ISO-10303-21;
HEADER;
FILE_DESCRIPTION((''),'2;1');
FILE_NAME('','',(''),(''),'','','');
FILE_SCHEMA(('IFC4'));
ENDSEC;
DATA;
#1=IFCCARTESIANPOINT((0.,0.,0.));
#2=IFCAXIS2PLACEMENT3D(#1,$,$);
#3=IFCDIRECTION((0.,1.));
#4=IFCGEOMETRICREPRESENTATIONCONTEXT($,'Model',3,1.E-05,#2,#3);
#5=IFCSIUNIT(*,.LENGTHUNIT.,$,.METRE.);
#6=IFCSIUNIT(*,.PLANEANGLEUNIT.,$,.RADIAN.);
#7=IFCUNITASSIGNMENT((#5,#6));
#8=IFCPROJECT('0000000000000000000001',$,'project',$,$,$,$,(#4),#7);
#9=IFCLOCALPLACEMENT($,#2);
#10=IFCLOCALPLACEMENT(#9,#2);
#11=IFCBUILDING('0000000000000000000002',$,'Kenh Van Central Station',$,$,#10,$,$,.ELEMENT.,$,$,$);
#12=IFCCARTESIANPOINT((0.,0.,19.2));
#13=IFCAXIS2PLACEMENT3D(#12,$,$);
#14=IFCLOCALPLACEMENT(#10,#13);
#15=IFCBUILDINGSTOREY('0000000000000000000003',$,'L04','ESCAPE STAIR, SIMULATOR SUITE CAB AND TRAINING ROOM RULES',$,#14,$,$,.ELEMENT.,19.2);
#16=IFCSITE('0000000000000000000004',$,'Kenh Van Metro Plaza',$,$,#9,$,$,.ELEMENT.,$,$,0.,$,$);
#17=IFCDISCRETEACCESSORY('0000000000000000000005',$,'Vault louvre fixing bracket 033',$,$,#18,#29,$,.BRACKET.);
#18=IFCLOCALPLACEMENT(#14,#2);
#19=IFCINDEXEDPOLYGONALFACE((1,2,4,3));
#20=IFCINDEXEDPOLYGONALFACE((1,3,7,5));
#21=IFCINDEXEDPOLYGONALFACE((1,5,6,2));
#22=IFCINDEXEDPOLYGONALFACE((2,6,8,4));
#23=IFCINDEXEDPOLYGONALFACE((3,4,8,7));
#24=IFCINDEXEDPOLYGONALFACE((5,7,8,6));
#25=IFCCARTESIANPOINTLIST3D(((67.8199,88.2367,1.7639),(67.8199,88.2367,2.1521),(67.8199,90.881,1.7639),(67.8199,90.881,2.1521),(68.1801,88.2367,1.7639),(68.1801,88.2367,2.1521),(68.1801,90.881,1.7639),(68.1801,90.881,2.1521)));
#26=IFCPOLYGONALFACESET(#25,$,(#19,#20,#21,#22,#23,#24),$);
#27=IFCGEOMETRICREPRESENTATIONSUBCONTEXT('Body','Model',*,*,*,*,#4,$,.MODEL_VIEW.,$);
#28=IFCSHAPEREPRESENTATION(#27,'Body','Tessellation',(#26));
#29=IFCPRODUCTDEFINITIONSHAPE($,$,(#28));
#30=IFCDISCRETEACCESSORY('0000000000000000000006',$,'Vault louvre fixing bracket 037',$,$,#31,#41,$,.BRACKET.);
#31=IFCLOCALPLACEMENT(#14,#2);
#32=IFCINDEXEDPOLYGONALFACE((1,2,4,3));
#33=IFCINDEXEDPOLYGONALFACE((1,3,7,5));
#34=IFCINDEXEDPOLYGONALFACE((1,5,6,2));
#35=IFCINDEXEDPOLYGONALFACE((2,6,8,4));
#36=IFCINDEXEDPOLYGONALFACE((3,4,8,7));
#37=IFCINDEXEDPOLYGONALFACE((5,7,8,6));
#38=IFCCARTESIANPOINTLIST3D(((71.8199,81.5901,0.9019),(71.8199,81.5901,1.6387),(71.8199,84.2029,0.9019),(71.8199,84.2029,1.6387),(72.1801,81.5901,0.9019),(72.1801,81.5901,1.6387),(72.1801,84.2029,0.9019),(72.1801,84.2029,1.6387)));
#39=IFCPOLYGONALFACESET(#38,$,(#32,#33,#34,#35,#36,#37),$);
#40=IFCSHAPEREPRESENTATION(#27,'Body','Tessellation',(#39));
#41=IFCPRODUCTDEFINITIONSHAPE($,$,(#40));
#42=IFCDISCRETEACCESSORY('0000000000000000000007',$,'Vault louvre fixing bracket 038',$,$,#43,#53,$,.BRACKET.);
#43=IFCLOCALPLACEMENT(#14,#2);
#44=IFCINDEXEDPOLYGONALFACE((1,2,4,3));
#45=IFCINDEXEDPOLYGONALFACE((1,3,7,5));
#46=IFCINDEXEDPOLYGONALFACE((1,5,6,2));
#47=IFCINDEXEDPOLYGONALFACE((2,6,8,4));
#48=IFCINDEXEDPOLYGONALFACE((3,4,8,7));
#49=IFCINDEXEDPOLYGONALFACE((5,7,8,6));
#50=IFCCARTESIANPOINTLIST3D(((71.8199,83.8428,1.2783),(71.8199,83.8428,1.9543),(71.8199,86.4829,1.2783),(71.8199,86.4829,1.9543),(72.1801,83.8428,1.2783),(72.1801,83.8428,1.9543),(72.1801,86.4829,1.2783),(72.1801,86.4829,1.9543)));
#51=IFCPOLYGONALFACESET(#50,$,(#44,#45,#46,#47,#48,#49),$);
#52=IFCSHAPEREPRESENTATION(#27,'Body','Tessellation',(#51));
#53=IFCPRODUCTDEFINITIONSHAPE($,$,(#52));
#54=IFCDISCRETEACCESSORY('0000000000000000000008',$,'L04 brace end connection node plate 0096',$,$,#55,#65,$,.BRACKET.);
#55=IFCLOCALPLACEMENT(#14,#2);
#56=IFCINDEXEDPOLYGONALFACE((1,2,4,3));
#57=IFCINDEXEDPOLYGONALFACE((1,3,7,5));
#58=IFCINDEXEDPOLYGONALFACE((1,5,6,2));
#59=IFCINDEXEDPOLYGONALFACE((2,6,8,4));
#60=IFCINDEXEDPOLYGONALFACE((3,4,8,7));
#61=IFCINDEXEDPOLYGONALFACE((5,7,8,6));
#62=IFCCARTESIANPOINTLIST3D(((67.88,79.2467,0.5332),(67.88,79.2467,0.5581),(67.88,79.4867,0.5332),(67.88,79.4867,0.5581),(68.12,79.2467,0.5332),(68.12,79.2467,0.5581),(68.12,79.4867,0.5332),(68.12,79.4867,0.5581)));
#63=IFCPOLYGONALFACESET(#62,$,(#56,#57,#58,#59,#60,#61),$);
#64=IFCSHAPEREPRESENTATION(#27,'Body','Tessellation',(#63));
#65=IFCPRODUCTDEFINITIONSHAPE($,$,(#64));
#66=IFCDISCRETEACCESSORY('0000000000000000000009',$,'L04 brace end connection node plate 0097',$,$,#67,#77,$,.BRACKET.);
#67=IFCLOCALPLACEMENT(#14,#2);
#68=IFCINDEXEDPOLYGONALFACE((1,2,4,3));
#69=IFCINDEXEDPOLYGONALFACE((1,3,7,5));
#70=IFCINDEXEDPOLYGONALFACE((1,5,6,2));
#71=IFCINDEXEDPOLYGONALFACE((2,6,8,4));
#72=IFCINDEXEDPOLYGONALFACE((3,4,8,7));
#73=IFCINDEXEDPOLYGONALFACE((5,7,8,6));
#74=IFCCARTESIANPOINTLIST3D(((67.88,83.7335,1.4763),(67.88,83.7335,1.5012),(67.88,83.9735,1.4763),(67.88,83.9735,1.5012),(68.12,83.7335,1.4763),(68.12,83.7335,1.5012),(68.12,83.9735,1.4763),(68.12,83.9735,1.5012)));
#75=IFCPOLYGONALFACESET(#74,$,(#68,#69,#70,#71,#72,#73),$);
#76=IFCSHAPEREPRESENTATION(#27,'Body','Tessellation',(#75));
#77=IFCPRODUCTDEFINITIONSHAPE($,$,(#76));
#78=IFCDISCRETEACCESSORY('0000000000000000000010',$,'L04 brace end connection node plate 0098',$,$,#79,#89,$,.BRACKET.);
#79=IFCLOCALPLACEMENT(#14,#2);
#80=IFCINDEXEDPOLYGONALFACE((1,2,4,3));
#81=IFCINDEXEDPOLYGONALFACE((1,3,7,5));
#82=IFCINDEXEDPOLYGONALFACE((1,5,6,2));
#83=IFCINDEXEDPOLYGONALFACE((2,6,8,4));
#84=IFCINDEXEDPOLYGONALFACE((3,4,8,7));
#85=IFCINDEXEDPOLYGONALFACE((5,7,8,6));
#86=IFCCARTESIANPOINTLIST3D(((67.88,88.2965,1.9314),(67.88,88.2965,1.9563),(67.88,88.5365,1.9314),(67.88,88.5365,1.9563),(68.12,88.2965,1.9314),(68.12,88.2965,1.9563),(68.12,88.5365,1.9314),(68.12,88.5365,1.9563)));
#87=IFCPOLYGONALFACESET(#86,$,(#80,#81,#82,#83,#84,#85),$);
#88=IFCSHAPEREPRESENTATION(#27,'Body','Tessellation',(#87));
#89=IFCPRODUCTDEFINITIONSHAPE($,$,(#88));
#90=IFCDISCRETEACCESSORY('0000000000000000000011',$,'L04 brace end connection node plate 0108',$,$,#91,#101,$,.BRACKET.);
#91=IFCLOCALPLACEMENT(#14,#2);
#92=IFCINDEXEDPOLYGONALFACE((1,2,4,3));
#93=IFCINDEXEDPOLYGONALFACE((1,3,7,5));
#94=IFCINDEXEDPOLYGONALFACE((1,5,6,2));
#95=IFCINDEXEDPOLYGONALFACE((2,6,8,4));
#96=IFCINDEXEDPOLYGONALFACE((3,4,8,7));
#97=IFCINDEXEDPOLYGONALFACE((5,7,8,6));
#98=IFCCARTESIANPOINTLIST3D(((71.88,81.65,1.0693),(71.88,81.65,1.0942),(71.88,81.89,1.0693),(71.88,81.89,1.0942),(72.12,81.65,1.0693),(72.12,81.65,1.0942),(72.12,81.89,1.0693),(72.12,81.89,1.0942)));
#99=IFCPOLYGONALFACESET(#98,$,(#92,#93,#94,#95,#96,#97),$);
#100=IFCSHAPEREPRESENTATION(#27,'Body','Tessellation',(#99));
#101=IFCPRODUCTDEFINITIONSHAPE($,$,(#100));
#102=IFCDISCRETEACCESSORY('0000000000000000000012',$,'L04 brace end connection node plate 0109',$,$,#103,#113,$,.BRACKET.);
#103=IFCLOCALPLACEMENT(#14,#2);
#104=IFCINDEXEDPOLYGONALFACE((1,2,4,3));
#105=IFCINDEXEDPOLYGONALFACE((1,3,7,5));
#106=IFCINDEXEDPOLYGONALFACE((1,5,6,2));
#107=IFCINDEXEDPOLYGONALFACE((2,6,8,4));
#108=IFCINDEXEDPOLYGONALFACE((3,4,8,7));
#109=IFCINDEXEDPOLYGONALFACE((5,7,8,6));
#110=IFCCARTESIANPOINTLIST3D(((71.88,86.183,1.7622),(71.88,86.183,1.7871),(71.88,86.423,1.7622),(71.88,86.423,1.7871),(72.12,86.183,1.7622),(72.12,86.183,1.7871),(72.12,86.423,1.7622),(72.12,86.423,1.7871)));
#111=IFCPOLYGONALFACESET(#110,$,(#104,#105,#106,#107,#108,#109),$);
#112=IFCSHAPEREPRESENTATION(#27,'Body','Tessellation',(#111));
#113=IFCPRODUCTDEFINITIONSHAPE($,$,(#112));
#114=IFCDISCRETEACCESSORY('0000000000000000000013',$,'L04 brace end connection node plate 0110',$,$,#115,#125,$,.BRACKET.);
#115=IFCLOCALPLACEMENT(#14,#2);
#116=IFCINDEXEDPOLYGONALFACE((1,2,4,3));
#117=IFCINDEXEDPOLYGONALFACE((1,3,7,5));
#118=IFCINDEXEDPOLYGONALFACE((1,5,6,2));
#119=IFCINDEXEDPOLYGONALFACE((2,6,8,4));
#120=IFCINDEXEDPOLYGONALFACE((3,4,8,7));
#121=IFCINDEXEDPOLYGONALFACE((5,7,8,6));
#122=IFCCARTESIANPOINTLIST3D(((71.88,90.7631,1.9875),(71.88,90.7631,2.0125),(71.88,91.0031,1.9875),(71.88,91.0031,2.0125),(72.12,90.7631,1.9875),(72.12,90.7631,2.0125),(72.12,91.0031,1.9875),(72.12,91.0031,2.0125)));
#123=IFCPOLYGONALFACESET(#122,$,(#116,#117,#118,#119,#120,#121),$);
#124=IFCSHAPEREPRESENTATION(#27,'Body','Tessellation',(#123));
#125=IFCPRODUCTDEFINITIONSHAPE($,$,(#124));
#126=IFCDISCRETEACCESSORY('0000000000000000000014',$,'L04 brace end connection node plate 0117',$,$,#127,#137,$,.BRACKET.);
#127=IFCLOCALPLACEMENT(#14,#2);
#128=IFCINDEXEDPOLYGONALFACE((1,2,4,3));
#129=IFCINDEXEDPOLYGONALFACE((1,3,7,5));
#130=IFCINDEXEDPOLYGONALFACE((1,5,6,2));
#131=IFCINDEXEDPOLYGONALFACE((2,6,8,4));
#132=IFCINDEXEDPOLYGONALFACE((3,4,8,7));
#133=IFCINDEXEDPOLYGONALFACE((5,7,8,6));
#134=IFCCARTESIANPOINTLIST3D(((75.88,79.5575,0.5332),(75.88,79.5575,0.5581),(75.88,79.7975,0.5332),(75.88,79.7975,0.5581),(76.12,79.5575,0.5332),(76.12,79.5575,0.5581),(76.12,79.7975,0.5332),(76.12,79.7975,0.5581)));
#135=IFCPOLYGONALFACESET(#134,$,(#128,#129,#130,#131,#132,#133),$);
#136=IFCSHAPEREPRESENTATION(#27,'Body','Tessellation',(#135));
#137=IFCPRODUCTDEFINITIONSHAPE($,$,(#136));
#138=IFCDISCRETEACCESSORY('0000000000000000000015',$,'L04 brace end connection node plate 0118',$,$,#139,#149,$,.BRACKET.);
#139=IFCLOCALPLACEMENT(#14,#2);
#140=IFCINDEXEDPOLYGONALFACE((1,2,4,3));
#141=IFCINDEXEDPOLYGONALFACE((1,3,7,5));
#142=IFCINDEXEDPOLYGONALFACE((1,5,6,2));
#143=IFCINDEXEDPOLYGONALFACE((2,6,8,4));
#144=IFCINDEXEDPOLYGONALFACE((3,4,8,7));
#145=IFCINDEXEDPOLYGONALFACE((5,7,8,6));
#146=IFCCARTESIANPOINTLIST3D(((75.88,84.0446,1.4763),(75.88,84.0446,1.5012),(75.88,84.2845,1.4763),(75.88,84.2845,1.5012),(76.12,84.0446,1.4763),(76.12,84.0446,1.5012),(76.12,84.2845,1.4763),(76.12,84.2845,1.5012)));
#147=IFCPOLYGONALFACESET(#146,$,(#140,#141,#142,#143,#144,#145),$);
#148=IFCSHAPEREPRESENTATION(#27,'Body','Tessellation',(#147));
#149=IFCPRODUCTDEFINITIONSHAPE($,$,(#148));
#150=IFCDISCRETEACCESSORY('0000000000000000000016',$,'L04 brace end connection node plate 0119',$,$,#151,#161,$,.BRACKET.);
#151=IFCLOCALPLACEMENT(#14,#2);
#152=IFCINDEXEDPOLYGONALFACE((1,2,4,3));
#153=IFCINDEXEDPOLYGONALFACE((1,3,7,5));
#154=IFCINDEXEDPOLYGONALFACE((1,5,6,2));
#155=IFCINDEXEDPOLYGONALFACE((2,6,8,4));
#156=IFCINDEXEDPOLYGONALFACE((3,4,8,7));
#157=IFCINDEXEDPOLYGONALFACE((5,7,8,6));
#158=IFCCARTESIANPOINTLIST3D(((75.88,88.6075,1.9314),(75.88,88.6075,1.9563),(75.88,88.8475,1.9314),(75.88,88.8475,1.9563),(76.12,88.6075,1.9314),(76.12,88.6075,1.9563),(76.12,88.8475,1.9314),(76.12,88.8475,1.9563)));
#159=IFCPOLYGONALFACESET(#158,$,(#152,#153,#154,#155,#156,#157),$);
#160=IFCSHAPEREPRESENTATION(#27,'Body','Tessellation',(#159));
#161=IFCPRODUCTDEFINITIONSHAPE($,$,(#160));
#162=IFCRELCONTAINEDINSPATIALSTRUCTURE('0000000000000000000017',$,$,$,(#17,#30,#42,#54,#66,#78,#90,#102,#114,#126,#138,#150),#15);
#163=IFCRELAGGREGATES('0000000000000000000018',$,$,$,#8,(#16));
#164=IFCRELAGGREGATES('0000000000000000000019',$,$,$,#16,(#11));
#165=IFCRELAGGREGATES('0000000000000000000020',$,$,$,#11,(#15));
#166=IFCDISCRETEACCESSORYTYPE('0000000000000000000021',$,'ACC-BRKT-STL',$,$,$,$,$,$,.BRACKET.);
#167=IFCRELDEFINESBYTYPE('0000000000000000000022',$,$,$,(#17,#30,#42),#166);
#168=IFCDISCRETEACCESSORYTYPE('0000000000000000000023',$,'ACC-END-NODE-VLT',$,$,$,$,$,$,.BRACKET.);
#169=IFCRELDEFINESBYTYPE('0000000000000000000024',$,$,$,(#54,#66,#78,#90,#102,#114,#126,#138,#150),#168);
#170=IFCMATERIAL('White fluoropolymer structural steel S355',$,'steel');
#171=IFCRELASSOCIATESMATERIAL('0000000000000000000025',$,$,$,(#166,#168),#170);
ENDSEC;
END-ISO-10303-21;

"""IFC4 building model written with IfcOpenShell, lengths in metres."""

from ifc_helpers import new_model, si_unit, direction, frame, origin, origin_2d, place, context, subcontext, project, spatial, rectangle, extrude, material, type_object, element, save


model = new_model("IFC4")

# Units and contexts
model_context = context("Model", 3, precision=1e-05, world=origin(), true_north=direction((0.0, 1.0)))
body_context = subcontext(model_context, "Body", "Model", "MODEL_VIEW")
ifc_project = project(units=[si_unit("LENGTHUNIT", "METRE"), si_unit("PLANEANGLEUNIT", "RADIAN")], contexts=[model_context])

# Site, building, storey
site_placement = place(None, origin())
site = spatial("IfcSite", under=ifc_project, at=site_placement, Name="Kenh Van Metro Plaza", CompositionType="ELEMENT", RefElevation=0.0)
building_placement = place(site_placement, origin())
building = spatial("IfcBuilding", under=site, at=building_placement, Name="Kenh Van Central Station", CompositionType="ELEMENT")
storey_placement = place(building_placement, frame((0.0, 0.0, 19.2)))
storey = spatial("IfcBuildingStorey", under=building, at=storey_placement, Name="L04", Description="ESCAPE STAIR, SIMULATOR SUITE CAB AND TRAINING ROOM RULES", CompositionType="ELEMENT", Elevation=19.2)

# Shared definitions
ifc_material_1 = material(Name="White fluoropolymer structural steel S355", Category="steel")

# Discrete accessories
discrete_accessory_type_1 = type_object("IfcDiscreteAccessoryType", Name="ACC-BRKT-STL", PredefinedType="BRACKET", material=ifc_material_1)
discrete_accessory_1_placement = place(storey_placement, frame((68.0, 89.5588, 1.7639), z_axis=(0.0, 0.0, 1.0), x_axis=(1.0, 0.0, 0.0)))
element("IfcDiscreteAccessory", 1, at=discrete_accessory_1_placement, inside=storey, type_object=discrete_accessory_type_1, Name="Vault louvre fixing bracket 033", PredefinedType="BRACKET", context=body_context, shape_type="SweptSolid", body=[
    extrude(rectangle(XDim=0.3601, YDim=2.6443, at=origin_2d()), origin(), (0.0, 0.0, 1.0), 0.3882),
])
discrete_accessory_2_placement = place(storey_placement, frame((72.0, 82.8965, 0.9019), z_axis=(0.0, 0.0, 1.0), x_axis=(1.0, 0.0, 0.0)))
element("IfcDiscreteAccessory", 2, at=discrete_accessory_2_placement, inside=storey, type_object=discrete_accessory_type_1, Name="Vault louvre fixing bracket 037", PredefinedType="BRACKET", context=body_context, shape_type="SweptSolid", body=[
    extrude(rectangle(XDim=0.3601, YDim=2.6128, at=origin_2d()), origin(), (0.0, 0.0, 1.0), 0.7368),
])
discrete_accessory_3_placement = place(storey_placement, frame((72.0, 85.1628, 1.2783), z_axis=(0.0, 0.0, 1.0), x_axis=(1.0, 0.0, 0.0)))
element("IfcDiscreteAccessory", 3, at=discrete_accessory_3_placement, inside=storey, type_object=discrete_accessory_type_1, Name="Vault louvre fixing bracket 038", PredefinedType="BRACKET", context=body_context, shape_type="SweptSolid", body=[
    extrude(rectangle(XDim=0.3601, YDim=2.6401, at=origin_2d()), origin(), (0.0, 0.0, 1.0), 0.676),
])
discrete_accessory_type_2 = type_object("IfcDiscreteAccessoryType", Name="ACC-END-NODE-VLT", PredefinedType="BRACKET", material=ifc_material_1)
for number, where, z_axis, x_axis, name in (
    (4, (68.0, 79.3667, 0.5332), (0.0, 0.0, 1.0), (1.0, 0.0, 0.0), "L04 brace end connection node plate 0096"),
    (5, (68.0, 83.8535, 1.4763), (0.0, 0.0, 1.0), (1.0, 0.0, 0.0), "L04 brace end connection node plate 0097"),
    (6, (68.0, 88.4165, 1.9314), (0.0, 0.0, 1.0), (1.0, 0.0, 0.0), "L04 brace end connection node plate 0098"),
    (7, (72.0, 81.77, 1.0693), (0.0, 0.0, 1.0), (1.0, 0.0, 0.0), "L04 brace end connection node plate 0108"),
    (8, (72.0, 86.303, 1.7622), (0.0, 0.0, 1.0), (1.0, 0.0, 0.0), "L04 brace end connection node plate 0109"),
    (9, (72.0, 90.8831, 1.9875), (0.0, 0.0, 1.0), (1.0, 0.0, 0.0), "L04 brace end connection node plate 0110"),
    (10, (76.0, 79.6775, 0.5332), (0.0, 0.0, 1.0), (1.0, 0.0, 0.0), "L04 brace end connection node plate 0117"),
    (11, (76.0, 84.1646, 1.4763), (0.0, 0.0, 1.0), (1.0, 0.0, 0.0), "L04 brace end connection node plate 0118"),
    (12, (76.0, 88.7275, 1.9314), (0.0, 0.0, 1.0), (1.0, 0.0, 0.0), "L04 brace end connection node plate 0119"),
):
    element("IfcDiscreteAccessory", number, at=place(storey_placement, frame(where, z_axis=z_axis, x_axis=x_axis)), inside=storey, type_object=discrete_accessory_type_2, Name=name, PredefinedType="BRACKET", context=body_context, shape_type="SweptSolid", body=[
        extrude(rectangle(XDim=0.24, YDim=0.24, at=origin_2d()), origin(), (0.0, 0.0, 1.0), 0.0249),
    ])

save(model, "model.ifc")
